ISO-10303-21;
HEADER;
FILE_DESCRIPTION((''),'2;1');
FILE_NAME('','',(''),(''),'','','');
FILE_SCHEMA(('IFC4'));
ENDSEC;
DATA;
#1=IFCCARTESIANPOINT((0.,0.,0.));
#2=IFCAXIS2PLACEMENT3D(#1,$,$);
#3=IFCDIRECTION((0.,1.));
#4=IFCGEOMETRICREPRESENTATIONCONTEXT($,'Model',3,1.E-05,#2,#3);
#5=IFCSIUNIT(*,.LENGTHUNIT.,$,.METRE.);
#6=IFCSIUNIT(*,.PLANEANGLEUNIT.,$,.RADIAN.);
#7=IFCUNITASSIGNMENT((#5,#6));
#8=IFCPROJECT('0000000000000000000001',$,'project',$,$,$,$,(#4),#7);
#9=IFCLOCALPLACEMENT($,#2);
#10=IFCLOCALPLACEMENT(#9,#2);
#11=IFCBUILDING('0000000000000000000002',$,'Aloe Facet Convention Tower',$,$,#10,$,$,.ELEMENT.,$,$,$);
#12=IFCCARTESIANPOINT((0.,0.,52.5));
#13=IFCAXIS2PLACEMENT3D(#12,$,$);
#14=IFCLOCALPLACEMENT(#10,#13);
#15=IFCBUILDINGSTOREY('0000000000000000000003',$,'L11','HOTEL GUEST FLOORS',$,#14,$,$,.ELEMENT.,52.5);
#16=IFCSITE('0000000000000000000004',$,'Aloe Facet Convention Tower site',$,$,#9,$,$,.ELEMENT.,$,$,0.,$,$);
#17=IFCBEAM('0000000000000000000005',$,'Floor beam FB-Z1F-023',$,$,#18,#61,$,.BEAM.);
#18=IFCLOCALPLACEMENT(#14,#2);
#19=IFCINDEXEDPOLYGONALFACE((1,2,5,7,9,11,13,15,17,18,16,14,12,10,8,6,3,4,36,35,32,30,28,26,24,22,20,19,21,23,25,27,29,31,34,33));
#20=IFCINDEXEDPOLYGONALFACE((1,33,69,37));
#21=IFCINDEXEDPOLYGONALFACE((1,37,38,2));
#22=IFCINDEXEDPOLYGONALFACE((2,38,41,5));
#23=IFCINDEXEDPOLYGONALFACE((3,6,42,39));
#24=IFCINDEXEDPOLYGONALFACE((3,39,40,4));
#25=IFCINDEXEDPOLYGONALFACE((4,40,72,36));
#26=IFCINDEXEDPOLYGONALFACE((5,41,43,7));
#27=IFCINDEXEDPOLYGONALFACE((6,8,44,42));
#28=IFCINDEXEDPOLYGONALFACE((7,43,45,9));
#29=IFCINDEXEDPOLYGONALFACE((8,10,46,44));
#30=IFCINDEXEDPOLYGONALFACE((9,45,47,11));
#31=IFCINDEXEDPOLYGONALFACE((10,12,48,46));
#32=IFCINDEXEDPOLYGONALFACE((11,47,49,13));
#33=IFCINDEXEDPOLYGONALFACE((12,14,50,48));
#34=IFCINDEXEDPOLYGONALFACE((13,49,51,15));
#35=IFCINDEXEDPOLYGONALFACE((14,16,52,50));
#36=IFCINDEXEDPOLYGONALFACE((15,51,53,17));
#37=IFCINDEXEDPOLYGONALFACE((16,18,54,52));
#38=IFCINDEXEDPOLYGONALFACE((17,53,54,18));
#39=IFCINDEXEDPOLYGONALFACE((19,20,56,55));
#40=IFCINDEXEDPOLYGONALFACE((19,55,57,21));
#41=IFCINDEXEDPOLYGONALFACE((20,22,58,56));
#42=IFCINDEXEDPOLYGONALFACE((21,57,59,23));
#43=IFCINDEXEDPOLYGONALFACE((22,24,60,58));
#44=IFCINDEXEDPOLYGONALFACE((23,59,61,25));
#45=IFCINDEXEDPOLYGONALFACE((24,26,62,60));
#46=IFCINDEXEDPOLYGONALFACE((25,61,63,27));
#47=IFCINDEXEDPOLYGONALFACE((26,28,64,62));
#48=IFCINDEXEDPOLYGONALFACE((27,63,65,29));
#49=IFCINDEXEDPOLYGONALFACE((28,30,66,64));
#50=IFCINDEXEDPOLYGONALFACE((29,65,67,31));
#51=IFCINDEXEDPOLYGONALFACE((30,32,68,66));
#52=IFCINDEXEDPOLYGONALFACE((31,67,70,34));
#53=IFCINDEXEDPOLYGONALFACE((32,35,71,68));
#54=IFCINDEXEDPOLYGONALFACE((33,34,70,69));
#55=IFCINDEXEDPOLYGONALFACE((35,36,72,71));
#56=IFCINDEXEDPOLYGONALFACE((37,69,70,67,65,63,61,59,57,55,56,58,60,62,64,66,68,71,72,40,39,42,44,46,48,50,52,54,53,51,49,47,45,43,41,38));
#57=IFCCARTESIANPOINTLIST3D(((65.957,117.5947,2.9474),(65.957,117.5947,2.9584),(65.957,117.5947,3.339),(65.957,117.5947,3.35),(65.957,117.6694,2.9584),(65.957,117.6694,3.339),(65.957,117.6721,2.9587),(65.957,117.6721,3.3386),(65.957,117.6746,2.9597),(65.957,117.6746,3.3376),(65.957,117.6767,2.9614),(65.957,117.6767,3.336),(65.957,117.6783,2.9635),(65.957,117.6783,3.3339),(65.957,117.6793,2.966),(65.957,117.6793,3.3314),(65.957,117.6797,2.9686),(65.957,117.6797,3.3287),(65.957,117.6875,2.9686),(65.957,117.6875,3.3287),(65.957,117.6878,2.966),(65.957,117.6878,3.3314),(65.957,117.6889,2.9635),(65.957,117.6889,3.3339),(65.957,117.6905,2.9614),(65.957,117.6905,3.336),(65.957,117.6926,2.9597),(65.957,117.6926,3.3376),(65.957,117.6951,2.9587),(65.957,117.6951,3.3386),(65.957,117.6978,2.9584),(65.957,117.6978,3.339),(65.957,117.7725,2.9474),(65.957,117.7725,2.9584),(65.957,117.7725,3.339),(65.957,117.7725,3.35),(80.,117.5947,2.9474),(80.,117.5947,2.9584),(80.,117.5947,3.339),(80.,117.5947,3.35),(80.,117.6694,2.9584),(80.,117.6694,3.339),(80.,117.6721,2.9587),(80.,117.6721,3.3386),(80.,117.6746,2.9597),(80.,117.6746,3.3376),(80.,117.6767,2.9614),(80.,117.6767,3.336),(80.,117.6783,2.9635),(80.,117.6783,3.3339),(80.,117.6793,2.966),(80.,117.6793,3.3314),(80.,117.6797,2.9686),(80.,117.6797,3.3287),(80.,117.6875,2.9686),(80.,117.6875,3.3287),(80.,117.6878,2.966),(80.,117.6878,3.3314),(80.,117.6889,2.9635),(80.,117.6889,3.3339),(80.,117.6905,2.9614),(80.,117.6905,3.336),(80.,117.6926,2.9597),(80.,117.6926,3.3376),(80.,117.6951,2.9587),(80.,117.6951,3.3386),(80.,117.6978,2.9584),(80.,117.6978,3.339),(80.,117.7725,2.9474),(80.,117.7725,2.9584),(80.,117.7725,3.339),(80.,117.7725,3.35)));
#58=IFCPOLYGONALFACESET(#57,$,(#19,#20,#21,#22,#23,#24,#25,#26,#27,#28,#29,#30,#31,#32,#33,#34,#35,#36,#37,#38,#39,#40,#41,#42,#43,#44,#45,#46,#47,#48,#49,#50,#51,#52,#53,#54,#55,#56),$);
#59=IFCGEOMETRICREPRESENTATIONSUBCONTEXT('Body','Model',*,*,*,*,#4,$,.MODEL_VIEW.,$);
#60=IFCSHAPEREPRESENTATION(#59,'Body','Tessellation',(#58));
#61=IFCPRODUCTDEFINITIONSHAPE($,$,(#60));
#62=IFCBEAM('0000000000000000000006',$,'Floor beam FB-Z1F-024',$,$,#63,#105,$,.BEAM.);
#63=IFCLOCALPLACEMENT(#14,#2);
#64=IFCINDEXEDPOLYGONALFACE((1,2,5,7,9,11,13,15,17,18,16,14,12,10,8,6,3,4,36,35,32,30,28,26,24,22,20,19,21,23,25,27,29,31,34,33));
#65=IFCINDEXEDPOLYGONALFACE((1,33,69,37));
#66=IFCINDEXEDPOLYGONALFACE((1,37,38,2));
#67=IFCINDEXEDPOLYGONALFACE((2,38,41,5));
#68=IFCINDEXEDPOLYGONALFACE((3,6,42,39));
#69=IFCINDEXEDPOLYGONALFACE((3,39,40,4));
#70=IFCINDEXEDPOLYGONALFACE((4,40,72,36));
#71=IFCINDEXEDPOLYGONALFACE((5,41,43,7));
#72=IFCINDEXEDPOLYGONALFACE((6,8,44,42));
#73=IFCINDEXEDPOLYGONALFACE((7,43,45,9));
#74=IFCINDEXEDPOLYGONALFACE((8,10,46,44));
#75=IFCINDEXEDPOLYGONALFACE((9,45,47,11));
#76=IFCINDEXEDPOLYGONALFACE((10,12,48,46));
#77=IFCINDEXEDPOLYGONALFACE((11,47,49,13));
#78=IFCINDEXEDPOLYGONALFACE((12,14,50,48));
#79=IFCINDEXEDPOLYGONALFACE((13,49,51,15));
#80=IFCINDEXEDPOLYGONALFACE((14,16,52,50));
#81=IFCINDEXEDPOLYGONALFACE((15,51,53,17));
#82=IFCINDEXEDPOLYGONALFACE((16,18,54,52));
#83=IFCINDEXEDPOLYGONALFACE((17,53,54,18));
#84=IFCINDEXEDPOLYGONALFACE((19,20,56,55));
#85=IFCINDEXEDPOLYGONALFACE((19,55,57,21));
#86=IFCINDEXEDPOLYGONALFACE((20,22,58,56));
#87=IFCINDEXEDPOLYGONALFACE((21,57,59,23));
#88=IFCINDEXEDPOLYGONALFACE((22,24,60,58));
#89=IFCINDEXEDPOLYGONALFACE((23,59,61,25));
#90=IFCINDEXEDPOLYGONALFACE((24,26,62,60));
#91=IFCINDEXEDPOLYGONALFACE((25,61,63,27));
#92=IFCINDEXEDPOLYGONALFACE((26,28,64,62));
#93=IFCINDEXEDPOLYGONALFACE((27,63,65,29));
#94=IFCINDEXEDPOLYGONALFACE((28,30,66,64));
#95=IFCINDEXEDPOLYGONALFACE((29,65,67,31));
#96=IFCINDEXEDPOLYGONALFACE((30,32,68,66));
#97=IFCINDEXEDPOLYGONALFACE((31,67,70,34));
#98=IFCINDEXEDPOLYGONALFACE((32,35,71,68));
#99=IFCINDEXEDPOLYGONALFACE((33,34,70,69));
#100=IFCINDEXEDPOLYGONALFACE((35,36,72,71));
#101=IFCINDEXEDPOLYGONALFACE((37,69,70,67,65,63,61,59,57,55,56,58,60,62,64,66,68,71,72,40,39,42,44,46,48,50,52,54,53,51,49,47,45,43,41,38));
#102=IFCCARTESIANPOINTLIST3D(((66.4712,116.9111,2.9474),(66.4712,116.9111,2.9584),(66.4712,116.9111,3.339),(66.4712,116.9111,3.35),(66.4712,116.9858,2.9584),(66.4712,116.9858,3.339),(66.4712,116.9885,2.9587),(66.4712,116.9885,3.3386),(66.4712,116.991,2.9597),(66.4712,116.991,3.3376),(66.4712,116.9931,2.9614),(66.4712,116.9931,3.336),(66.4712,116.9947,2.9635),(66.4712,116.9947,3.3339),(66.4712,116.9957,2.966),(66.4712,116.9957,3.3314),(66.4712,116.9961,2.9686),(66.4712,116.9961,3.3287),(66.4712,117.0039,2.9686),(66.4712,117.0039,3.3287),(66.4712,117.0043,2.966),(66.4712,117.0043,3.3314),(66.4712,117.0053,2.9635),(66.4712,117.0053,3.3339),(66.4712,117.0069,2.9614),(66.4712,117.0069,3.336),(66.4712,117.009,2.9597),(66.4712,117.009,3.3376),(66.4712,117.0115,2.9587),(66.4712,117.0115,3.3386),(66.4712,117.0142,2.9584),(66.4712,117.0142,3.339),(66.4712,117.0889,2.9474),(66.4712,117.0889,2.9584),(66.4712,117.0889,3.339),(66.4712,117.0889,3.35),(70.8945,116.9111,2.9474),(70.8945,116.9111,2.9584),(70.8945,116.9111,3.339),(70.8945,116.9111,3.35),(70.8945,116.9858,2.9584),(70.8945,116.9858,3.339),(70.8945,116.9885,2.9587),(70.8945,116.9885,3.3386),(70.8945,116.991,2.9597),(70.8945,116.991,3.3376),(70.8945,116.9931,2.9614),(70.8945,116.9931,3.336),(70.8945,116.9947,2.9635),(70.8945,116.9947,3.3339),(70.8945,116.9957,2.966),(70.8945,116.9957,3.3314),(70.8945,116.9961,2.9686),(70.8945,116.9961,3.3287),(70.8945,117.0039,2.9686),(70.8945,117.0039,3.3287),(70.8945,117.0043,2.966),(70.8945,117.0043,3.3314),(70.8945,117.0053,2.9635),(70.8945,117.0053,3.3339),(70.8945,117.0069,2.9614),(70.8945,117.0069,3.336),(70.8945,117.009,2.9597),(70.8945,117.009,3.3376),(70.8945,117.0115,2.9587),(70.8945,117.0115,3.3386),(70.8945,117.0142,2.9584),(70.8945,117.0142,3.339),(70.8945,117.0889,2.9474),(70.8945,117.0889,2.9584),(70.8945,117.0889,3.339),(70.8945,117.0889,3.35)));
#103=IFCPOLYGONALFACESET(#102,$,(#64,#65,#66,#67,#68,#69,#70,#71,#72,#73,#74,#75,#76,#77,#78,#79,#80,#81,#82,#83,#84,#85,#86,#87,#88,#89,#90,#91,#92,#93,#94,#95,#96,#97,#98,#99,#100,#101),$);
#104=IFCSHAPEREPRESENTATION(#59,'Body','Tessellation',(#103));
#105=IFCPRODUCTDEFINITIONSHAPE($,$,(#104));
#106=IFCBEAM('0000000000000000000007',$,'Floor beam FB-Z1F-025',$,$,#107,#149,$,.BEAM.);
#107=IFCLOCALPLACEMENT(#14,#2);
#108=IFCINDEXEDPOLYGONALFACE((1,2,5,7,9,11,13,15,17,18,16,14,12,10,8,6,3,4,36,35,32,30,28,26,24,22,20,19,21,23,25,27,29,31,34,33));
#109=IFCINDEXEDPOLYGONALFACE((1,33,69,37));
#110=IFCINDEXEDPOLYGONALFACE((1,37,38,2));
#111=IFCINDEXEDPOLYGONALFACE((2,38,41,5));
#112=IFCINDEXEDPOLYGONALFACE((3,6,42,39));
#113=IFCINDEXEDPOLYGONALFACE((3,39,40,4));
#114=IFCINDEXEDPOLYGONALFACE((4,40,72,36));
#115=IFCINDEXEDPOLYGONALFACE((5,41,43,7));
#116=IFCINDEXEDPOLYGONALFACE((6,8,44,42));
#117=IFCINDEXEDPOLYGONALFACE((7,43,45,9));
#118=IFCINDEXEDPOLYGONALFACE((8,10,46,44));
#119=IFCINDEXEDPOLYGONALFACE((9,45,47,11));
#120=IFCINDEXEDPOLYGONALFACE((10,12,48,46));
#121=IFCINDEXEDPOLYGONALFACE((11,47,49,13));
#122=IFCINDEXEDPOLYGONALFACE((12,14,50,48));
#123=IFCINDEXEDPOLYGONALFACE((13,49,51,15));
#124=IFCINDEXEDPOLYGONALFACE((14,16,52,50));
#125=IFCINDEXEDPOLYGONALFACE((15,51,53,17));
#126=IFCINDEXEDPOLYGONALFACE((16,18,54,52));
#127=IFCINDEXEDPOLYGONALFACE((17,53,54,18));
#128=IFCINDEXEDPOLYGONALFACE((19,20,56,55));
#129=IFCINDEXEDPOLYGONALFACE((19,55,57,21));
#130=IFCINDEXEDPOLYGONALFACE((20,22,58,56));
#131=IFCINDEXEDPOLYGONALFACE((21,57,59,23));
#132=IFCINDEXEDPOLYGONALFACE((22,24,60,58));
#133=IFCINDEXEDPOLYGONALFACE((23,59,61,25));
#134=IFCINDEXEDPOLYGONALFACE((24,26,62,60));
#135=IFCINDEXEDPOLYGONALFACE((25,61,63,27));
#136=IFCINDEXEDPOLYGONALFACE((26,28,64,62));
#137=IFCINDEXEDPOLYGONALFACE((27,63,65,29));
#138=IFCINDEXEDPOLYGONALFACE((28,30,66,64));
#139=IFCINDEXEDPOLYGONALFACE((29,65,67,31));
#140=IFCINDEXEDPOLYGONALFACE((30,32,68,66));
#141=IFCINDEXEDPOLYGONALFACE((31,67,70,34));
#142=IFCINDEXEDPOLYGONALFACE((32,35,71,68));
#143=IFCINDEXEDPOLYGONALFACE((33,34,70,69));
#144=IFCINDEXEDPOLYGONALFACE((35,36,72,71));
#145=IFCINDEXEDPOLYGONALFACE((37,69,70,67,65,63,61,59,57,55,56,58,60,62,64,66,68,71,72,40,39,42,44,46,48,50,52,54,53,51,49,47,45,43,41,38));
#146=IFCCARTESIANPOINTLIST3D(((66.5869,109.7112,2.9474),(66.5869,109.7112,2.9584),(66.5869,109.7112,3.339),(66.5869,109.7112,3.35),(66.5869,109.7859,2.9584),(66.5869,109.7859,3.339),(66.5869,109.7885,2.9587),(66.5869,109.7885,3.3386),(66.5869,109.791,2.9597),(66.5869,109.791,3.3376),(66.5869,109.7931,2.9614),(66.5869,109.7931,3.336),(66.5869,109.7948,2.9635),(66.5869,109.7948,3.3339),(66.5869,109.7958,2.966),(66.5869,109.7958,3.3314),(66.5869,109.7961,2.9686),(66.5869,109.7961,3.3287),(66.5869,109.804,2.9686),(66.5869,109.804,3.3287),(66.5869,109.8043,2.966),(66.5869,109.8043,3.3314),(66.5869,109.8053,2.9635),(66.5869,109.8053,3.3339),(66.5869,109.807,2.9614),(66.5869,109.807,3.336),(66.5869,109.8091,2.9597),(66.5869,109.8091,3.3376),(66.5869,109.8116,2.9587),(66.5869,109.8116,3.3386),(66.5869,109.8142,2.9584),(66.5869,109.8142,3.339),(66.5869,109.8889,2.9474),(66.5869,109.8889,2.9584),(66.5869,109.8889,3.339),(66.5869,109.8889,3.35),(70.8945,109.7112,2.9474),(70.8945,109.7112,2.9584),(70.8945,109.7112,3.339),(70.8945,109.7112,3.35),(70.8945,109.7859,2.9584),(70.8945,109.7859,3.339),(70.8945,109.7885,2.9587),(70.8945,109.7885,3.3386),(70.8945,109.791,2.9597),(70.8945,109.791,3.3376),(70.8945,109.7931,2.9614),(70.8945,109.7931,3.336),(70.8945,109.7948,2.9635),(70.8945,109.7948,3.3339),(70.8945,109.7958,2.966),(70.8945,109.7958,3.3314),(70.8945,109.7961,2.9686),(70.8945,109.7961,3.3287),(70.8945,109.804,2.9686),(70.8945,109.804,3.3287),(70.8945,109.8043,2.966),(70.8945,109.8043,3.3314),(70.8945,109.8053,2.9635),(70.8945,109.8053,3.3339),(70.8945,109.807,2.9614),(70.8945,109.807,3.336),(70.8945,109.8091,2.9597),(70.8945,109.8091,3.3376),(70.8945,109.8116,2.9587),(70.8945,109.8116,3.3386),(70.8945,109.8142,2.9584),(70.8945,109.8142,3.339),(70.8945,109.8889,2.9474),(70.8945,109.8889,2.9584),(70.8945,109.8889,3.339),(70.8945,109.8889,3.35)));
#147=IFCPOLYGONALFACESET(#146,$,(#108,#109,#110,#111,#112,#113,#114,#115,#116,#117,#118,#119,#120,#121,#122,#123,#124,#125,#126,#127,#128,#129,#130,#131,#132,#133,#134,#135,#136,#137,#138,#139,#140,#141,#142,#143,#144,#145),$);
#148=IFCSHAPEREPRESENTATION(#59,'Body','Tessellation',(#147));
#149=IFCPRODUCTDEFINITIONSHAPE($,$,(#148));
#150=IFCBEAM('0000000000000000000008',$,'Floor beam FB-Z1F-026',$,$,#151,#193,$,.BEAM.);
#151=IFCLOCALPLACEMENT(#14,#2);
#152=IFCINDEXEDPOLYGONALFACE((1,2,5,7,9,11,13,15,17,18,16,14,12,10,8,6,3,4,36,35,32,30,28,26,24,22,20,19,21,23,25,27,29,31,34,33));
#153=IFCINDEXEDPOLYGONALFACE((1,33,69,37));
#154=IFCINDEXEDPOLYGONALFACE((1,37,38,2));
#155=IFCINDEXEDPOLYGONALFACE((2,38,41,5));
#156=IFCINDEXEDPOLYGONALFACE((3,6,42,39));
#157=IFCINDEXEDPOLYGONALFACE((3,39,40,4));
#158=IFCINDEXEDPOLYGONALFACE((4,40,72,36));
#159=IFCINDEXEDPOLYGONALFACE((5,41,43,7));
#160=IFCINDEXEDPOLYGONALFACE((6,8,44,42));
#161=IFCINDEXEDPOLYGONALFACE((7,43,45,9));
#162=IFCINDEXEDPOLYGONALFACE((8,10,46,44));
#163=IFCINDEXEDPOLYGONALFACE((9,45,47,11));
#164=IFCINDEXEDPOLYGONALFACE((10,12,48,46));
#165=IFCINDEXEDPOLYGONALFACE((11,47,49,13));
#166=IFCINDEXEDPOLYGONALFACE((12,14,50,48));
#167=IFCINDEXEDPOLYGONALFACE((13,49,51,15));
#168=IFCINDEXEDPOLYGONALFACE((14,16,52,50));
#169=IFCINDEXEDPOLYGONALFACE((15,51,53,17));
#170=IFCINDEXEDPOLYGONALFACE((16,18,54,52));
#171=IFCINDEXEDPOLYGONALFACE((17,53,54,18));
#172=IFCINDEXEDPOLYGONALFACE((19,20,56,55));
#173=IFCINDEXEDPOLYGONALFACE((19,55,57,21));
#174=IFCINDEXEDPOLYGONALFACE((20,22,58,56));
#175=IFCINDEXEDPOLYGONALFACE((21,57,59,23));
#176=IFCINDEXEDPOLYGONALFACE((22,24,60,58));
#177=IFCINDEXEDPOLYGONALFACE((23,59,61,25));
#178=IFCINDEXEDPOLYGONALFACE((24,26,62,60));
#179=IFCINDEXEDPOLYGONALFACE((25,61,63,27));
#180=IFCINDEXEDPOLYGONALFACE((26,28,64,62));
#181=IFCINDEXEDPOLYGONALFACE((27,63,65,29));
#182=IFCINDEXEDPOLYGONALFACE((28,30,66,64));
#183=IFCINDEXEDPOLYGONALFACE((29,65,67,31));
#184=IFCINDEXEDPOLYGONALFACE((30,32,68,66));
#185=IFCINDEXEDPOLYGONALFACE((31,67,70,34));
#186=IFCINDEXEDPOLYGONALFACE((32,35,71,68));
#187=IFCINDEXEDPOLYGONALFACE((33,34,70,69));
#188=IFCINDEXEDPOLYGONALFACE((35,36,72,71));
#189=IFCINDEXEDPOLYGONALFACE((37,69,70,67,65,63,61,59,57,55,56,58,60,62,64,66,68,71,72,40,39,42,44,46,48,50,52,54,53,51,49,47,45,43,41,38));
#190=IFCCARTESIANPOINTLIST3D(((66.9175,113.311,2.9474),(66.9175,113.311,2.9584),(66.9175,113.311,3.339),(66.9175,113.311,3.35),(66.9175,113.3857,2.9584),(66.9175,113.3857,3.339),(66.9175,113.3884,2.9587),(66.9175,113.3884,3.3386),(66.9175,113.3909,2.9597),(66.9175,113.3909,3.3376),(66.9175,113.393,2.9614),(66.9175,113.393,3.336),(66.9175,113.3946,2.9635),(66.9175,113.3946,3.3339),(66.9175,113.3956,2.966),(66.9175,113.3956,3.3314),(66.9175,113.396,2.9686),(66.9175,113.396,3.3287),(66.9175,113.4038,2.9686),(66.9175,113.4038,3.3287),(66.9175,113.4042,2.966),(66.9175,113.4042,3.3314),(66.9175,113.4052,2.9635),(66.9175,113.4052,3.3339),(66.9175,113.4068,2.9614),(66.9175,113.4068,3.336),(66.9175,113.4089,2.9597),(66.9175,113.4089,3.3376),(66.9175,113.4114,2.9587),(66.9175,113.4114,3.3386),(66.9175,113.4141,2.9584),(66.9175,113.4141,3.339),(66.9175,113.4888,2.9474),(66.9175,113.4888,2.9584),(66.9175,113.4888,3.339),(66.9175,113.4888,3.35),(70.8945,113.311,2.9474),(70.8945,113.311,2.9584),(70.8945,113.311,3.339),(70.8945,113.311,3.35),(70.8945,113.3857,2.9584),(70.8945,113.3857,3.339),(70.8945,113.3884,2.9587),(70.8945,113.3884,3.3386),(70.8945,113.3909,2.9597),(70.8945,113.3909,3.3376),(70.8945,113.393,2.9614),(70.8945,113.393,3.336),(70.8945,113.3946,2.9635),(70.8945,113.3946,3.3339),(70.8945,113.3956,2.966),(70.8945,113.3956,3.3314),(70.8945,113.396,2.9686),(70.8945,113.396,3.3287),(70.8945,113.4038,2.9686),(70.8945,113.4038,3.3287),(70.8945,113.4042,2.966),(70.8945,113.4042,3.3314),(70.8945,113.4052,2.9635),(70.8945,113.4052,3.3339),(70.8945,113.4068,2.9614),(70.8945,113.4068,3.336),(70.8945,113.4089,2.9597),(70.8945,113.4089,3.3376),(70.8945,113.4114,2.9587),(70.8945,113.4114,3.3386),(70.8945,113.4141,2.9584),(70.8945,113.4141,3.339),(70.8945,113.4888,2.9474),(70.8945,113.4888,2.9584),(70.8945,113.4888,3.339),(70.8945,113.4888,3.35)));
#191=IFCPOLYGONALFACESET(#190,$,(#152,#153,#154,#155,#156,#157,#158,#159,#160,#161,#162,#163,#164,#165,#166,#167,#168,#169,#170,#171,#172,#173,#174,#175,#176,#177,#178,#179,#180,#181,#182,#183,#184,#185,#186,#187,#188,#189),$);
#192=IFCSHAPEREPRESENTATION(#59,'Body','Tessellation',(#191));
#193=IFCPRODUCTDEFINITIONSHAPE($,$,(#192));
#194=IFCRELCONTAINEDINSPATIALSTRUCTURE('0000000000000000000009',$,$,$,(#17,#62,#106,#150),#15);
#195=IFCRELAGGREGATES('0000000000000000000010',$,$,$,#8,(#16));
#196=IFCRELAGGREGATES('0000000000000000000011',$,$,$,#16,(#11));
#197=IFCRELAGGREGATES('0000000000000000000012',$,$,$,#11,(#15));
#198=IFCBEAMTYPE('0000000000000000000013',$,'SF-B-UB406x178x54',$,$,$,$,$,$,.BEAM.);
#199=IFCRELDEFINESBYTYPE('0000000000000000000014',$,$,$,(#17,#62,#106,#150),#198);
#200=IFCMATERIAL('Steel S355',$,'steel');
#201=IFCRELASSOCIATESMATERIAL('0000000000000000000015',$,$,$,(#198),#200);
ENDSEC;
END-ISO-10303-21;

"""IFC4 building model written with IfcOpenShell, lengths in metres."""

from ifc_helpers import new_model, si_unit, direction, frame, origin, origin_2d, place, context, subcontext, project, spatial, i_section, extrude, material, material_profile, profile_set, type_object, element, save


model = new_model("IFC4")

# Units and contexts
model_context = context("Model", 3, precision=1e-05, world=origin(), true_north=direction((0.0, 1.0)))
body_context = subcontext(model_context, "Body", "Model", "MODEL_VIEW")
ifc_project = project(units=[si_unit("LENGTHUNIT", "METRE"), si_unit("PLANEANGLEUNIT", "RADIAN")], contexts=[model_context])

# Site, building, storey
site_placement = place(None, origin())
site = spatial("IfcSite", under=ifc_project, at=site_placement, Name="Aloe Facet Convention Tower site", CompositionType="ELEMENT", RefElevation=0.0)
building_placement = place(site_placement, origin())
building = spatial("IfcBuilding", under=site, at=building_placement, Name="Aloe Facet Convention Tower", CompositionType="ELEMENT")
storey_placement = place(building_placement, frame((0.0, 0.0, 52.5)))
storey = spatial("IfcBuildingStorey", under=building, at=storey_placement, Name="L11", Description="HOTEL GUEST FLOORS", CompositionType="ELEMENT", Elevation=52.5)

# Beams
ifc_material_1 = material(Name="Steel S355", Category="steel")
ifc_material_profile_1 = material_profile(ifc_material_1, i_section(OverallWidth=0.1777, OverallDepth=0.4026, WebThickness=0.0078, FlangeThickness=0.011, FilletRadius=0.0103, at=origin_2d()), Name="UB 406x178x54")
ifc_profile_set_1 = profile_set([ifc_material_profile_1], Name="Steel S355")
beam_type_1 = type_object("IfcBeamType", Name="SF-B-UB406x178x54", PredefinedType="BEAM", material=ifc_profile_set_1)
beam_1_placement = place(storey_placement, frame((65.957, 117.6836, 3.1487), z_axis=(1.0, 0.0, 0.0), x_axis=(0.0, 1.0, 0.0)))
element("IfcBeam", 1, at=beam_1_placement, inside=storey, type_object=beam_type_1, Name="Floor beam FB-Z1F-023", PredefinedType="BEAM", context=body_context, shape_type="SweptSolid", body=[
    extrude(i_section(OverallWidth=0.1777, OverallDepth=0.4026, WebThickness=0.0078, FlangeThickness=0.011, FilletRadius=0.0103, at=origin_2d()), origin(), (0.0, 0.0, 1.0), 14.043),
])
beam_2_placement = place(storey_placement, frame((66.4712, 117.0, 3.1487), z_axis=(1.0, 0.0, 0.0), x_axis=(0.0, 1.0, 0.0)))
element("IfcBeam", 2, at=beam_2_placement, inside=storey, type_object=beam_type_1, Name="Floor beam FB-Z1F-024", PredefinedType="BEAM", context=body_context, shape_type="SweptSolid", body=[
    extrude(i_section(OverallWidth=0.1777, OverallDepth=0.4026, WebThickness=0.0078, FlangeThickness=0.011, FilletRadius=0.0103, at=origin_2d()), origin(), (0.0, 0.0, 1.0), 4.4233),
])
beam_3_placement = place(storey_placement, frame((66.5869, 109.8, 3.1487), z_axis=(1.0, 0.0, 0.0), x_axis=(0.0, 1.0, 0.0)))
element("IfcBeam", 3, at=beam_3_placement, inside=storey, type_object=beam_type_1, Name="Floor beam FB-Z1F-025", PredefinedType="BEAM", context=body_context, shape_type="SweptSolid", body=[
    extrude(i_section(OverallWidth=0.1777, OverallDepth=0.4026, WebThickness=0.0078, FlangeThickness=0.011, FilletRadius=0.0103, at=origin_2d()), origin(), (0.0, 0.0, 1.0), 4.3076),
])
beam_4_placement = place(storey_placement, frame((66.9175, 113.3999, 3.1487), z_axis=(1.0, 0.0, 0.0), x_axis=(0.0, 1.0, 0.0)))
element("IfcBeam", 4, at=beam_4_placement, inside=storey, type_object=beam_type_1, Name="Floor beam FB-Z1F-026", PredefinedType="BEAM", context=body_context, shape_type="SweptSolid", body=[
    extrude(i_section(OverallWidth=0.1777, OverallDepth=0.4026, WebThickness=0.0078, FlangeThickness=0.011, FilletRadius=0.0103, at=origin_2d()), origin(), (0.0, 0.0, 1.0), 3.9771),
])

save(model, "model.ifc")
